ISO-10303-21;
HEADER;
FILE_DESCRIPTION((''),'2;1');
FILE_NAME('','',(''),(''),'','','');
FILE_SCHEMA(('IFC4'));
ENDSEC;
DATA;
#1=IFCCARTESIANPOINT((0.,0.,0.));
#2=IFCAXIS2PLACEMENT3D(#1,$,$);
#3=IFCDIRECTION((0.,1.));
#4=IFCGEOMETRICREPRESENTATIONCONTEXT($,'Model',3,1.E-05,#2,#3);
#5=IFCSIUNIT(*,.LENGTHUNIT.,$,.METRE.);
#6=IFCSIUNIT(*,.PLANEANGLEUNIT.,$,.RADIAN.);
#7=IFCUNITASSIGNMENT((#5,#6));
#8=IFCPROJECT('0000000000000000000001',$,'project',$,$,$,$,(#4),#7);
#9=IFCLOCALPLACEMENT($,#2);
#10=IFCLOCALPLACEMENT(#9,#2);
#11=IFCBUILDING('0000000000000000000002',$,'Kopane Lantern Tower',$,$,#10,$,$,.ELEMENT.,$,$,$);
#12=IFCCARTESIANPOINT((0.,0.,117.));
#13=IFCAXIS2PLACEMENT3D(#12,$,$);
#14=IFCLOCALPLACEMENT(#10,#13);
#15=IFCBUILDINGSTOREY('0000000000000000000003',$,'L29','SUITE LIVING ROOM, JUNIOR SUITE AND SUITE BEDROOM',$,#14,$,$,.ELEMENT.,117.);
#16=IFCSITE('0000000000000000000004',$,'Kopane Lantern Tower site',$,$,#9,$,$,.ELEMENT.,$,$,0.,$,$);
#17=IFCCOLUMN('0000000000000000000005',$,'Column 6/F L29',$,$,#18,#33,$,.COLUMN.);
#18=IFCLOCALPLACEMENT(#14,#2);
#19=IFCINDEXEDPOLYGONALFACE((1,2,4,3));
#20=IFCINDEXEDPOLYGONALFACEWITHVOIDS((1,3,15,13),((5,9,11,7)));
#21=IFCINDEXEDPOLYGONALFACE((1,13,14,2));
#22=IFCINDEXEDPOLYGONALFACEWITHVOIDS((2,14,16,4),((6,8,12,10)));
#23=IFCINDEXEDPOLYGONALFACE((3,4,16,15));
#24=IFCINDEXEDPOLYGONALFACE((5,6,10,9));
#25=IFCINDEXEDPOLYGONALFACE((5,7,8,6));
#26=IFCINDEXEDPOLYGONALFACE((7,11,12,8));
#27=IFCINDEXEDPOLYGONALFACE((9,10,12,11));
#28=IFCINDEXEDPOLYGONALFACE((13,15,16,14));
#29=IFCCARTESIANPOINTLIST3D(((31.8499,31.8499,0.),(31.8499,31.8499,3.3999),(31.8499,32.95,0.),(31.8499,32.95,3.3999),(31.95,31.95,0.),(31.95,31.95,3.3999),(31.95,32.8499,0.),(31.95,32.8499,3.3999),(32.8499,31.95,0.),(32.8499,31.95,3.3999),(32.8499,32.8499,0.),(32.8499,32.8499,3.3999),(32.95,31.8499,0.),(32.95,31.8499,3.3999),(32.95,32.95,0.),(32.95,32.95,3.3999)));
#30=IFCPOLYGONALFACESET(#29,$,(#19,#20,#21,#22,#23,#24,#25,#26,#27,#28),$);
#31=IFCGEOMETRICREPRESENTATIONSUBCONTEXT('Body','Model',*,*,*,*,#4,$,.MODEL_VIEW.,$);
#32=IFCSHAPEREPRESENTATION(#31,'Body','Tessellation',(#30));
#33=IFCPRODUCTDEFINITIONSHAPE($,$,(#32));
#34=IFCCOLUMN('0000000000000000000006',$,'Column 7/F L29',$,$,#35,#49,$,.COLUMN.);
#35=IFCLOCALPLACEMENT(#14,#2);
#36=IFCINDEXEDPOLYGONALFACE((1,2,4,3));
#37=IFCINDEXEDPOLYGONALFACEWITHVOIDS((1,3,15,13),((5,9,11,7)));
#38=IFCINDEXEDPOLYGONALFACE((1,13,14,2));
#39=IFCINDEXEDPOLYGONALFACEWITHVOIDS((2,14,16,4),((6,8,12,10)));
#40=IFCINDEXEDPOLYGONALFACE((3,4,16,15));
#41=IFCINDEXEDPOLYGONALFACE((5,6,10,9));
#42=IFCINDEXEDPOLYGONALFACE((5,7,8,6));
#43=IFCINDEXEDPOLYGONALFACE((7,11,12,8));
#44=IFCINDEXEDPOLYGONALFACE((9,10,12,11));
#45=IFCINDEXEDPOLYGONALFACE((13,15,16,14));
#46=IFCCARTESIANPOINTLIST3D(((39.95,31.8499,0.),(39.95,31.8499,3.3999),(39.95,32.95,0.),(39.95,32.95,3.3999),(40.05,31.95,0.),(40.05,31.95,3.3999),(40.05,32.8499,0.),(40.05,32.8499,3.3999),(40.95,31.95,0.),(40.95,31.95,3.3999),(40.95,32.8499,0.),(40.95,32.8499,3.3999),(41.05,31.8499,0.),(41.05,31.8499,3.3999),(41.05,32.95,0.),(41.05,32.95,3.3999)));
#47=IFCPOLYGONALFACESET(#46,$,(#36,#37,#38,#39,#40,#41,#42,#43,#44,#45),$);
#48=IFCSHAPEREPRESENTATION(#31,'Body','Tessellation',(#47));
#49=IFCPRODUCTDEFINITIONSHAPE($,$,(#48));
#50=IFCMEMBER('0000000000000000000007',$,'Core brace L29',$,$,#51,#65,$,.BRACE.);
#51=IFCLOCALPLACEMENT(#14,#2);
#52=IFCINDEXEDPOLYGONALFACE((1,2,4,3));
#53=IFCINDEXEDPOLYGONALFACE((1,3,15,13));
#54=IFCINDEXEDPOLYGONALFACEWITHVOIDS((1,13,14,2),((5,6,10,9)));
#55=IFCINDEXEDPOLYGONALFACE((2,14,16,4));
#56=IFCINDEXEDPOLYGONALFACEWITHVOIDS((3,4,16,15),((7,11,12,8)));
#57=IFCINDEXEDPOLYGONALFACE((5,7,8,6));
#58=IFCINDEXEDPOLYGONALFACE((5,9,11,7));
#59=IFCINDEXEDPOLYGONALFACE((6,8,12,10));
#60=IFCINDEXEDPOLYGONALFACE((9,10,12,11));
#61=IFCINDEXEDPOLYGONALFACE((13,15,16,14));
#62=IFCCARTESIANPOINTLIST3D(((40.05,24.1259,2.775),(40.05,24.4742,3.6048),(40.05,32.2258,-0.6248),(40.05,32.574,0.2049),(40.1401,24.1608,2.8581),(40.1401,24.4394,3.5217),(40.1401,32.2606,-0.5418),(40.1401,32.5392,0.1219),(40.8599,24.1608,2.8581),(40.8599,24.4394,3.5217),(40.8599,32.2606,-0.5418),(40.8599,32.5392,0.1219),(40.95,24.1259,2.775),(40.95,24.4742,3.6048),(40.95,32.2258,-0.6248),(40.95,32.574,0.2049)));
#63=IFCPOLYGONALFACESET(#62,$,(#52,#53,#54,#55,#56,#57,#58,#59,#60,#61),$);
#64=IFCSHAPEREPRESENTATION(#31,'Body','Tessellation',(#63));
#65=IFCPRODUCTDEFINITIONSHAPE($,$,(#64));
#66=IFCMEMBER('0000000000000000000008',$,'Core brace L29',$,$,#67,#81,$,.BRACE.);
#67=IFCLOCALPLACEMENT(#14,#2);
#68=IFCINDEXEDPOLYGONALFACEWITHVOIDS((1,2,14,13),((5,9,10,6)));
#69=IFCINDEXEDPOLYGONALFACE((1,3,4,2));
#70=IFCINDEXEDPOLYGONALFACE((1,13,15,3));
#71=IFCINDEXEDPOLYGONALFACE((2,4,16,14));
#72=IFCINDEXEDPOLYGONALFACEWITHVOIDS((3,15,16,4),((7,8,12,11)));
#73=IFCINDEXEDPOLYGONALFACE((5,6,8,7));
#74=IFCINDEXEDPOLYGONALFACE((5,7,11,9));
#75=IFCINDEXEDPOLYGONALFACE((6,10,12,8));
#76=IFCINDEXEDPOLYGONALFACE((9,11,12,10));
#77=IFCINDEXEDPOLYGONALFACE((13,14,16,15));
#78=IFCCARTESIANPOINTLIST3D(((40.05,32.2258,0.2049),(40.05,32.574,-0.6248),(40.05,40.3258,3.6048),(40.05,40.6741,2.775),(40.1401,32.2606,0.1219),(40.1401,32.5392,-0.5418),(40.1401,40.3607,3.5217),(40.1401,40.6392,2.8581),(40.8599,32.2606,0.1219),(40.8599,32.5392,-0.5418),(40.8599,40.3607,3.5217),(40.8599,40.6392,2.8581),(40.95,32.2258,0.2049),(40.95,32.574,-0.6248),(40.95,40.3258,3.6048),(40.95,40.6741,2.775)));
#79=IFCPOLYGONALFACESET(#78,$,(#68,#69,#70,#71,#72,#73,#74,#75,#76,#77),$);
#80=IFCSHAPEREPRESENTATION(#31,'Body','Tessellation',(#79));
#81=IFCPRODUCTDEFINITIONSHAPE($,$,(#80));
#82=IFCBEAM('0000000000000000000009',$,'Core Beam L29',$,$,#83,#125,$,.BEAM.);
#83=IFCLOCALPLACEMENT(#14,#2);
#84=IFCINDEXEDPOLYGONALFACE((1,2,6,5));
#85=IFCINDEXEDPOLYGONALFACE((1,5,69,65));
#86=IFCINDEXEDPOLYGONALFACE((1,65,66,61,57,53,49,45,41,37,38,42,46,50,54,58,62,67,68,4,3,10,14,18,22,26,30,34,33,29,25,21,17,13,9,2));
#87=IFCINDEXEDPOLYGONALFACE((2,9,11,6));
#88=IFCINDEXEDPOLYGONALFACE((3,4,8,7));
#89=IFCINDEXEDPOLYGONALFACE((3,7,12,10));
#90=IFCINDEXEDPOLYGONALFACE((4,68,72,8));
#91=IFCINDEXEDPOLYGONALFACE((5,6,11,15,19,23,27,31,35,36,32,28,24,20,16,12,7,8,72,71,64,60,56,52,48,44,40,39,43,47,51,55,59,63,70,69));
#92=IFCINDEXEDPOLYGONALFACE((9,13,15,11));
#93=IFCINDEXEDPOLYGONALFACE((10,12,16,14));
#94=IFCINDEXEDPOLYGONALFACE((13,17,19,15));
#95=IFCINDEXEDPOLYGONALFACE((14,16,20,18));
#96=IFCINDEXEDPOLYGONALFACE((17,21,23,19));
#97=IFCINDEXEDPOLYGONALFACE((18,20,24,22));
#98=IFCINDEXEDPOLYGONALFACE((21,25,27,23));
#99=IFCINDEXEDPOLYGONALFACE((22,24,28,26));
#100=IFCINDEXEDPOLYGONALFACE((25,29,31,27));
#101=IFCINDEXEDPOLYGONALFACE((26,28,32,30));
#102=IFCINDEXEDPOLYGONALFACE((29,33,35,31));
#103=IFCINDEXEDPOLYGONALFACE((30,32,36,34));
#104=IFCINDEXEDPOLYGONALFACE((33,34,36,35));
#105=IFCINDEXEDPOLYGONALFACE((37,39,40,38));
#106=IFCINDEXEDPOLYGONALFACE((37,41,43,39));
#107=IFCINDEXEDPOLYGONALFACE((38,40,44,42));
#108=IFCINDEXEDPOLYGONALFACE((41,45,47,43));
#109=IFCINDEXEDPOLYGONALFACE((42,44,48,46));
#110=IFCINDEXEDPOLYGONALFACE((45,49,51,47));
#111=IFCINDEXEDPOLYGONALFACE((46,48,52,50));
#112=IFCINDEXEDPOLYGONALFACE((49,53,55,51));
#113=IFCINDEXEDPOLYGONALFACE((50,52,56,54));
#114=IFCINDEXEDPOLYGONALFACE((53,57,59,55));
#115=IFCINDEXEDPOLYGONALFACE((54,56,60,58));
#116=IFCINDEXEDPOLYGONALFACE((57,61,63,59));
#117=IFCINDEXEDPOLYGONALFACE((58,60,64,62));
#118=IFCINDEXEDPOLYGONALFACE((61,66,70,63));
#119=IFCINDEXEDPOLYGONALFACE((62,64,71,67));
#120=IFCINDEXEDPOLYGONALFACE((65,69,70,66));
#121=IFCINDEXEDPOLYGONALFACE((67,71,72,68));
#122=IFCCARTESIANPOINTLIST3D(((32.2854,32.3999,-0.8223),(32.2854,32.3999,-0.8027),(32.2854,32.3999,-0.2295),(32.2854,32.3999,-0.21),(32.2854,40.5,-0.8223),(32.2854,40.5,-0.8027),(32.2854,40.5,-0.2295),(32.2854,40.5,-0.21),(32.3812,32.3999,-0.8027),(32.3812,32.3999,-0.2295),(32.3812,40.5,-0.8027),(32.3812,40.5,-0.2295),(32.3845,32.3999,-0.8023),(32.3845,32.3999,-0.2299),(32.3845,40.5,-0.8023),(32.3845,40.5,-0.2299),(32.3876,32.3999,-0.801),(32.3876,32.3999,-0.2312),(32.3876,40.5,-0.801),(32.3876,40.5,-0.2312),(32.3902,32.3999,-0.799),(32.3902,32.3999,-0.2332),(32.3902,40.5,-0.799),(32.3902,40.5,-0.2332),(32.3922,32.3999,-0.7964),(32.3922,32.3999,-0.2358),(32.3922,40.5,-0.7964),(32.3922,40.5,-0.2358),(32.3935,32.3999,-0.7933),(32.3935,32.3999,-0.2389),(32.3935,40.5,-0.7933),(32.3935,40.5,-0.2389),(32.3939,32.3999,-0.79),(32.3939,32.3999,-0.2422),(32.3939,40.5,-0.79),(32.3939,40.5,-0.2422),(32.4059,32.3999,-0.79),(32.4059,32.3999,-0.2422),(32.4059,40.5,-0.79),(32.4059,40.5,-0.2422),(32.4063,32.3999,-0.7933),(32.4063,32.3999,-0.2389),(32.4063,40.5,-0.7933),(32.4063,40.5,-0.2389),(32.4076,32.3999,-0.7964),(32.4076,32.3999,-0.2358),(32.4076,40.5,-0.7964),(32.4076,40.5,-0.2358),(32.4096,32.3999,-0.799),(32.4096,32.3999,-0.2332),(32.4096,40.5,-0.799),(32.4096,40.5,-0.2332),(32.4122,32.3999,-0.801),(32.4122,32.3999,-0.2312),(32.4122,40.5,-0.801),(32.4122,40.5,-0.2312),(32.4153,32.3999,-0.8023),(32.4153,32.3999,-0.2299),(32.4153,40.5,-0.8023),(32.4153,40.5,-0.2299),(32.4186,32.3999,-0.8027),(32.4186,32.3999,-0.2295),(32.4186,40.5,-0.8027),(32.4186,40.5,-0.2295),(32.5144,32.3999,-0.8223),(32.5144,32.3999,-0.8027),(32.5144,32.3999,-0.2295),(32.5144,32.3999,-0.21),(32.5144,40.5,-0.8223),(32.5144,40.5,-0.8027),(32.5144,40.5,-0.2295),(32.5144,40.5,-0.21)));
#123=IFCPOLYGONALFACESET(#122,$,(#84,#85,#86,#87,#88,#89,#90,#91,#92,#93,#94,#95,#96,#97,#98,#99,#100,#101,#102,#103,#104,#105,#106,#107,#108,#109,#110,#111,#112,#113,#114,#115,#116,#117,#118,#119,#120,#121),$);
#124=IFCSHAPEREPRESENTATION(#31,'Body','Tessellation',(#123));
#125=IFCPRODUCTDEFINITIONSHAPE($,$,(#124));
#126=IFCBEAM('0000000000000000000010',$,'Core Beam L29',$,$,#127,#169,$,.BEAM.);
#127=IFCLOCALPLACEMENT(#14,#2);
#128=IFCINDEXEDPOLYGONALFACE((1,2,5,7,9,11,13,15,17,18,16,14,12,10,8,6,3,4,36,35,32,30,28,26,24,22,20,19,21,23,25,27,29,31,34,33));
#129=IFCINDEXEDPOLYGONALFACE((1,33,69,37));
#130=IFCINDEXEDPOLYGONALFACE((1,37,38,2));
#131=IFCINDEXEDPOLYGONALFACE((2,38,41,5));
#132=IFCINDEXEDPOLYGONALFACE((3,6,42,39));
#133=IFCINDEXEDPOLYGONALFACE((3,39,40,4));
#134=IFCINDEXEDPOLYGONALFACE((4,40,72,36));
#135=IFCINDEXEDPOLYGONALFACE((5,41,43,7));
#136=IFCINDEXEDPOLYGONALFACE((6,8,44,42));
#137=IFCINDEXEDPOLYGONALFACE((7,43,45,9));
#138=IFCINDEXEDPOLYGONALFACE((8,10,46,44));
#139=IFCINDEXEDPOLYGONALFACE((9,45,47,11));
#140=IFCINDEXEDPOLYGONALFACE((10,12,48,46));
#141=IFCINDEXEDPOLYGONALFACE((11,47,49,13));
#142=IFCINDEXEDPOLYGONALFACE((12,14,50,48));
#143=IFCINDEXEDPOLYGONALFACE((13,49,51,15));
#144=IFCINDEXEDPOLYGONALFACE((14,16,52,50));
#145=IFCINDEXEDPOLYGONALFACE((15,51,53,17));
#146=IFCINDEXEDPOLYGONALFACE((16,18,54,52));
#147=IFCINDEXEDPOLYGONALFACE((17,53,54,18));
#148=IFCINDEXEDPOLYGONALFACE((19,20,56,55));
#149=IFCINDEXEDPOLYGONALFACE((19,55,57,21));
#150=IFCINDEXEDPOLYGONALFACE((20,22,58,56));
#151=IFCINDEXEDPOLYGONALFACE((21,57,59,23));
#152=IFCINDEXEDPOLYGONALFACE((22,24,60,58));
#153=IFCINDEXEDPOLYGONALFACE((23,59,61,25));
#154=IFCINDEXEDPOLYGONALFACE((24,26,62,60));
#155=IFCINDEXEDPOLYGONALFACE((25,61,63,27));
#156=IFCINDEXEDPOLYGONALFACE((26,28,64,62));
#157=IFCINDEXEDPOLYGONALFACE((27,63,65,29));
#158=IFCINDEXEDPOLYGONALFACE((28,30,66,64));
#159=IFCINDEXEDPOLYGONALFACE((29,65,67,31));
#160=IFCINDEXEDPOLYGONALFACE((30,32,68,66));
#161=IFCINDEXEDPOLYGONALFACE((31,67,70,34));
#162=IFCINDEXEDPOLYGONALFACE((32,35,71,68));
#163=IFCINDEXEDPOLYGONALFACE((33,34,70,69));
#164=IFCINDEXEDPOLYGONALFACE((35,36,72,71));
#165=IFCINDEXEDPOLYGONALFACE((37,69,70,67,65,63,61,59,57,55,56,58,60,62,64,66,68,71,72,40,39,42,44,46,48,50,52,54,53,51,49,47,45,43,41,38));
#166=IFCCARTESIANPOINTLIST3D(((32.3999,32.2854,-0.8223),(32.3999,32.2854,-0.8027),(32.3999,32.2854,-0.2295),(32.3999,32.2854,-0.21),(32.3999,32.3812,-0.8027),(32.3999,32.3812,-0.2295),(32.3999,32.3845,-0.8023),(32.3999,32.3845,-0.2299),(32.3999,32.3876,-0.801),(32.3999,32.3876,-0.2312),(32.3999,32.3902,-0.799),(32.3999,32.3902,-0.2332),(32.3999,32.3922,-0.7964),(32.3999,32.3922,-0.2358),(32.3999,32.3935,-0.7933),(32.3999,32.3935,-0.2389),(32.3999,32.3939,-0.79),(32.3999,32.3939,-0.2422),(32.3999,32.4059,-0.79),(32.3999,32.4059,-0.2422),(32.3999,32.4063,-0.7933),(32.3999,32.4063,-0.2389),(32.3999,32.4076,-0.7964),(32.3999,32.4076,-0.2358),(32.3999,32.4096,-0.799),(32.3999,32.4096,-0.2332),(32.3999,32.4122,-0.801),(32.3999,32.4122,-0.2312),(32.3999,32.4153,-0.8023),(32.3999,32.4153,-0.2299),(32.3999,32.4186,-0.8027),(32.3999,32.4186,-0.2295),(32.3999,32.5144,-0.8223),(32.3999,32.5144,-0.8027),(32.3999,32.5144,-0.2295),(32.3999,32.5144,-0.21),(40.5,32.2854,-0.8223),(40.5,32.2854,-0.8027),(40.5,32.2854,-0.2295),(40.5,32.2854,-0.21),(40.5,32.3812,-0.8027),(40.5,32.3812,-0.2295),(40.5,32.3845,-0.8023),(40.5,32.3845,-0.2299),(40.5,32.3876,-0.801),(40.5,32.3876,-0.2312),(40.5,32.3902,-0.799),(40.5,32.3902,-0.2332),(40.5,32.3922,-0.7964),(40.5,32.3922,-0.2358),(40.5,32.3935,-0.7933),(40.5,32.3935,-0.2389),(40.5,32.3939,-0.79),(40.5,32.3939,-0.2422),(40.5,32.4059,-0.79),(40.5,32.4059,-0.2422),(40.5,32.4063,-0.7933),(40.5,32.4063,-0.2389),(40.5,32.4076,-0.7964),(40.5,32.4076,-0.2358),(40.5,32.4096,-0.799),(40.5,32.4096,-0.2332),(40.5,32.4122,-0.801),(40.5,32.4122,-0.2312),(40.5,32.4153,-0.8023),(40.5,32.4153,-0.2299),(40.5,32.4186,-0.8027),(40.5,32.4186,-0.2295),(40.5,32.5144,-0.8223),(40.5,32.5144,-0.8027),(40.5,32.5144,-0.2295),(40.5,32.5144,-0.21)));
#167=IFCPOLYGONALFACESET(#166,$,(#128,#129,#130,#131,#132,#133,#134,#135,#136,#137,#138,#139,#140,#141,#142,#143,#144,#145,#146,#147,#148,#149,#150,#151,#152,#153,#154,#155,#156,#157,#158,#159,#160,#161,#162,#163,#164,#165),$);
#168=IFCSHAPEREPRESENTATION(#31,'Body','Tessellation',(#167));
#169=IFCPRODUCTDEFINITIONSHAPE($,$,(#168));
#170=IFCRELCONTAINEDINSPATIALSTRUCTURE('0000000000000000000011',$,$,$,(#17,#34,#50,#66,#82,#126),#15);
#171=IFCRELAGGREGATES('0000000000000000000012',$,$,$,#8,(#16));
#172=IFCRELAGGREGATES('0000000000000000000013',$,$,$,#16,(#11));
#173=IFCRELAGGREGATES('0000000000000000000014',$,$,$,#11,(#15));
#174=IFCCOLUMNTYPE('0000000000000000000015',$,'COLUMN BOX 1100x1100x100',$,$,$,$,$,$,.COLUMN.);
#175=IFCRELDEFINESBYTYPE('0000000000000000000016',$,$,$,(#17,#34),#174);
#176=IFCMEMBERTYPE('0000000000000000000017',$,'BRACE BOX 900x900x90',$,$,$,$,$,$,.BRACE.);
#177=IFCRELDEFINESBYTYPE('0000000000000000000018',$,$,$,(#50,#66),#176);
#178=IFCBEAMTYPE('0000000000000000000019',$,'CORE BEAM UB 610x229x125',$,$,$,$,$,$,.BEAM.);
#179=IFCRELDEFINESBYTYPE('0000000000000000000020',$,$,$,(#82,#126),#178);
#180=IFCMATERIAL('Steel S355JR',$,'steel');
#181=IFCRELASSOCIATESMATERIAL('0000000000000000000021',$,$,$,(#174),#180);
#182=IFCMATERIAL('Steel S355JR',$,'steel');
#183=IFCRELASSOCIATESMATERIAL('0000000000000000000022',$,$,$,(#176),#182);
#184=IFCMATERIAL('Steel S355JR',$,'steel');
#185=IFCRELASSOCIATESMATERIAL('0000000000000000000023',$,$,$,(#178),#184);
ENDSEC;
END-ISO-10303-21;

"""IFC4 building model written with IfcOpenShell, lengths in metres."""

from ifc_helpers import new_model, si_unit, direction, frame, origin, origin_2d, place, context, subcontext, project, spatial, hollow_rectangle, i_section, extrude, material, material_profile, profile_set, type_object, element, save


model = new_model("IFC4")

# Units and contexts
model_context = context("Model", 3, precision=1e-05, world=origin(), true_north=direction((0.0, 1.0)))
body_context = subcontext(model_context, "Body", "Model", "MODEL_VIEW")
ifc_project = project(units=[si_unit("LENGTHUNIT", "METRE"), si_unit("PLANEANGLEUNIT", "RADIAN")], contexts=[model_context])

# Site, building, storey
site_placement = place(None, origin())
site = spatial("IfcSite", under=ifc_project, at=site_placement, Name="Kopane Lantern Tower site", CompositionType="ELEMENT", RefElevation=0.0)
building_placement = place(site_placement, origin())
building = spatial("IfcBuilding", under=site, at=building_placement, Name="Kopane Lantern Tower", CompositionType="ELEMENT")
storey_placement = place(building_placement, frame((0.0, 0.0, 117.0)))
storey = spatial("IfcBuildingStorey", under=building, at=storey_placement, Name="L29", Description="SUITE LIVING ROOM, JUNIOR SUITE AND SUITE BEDROOM", CompositionType="ELEMENT", Elevation=117.0)

# Columns
ifc_material_1 = material(Name="Steel S355JR", Category="steel")
ifc_material_profile_1 = material_profile(ifc_material_1, hollow_rectangle(XDim=1.1001, YDim=1.1001, WallThickness=0.1001, at=origin_2d()), Name="BOX 1100x1100x100")
ifc_profile_set_1 = profile_set([ifc_material_profile_1], Name="Steel S355JR")
column_type = type_object("IfcColumnType", Name="COLUMN BOX 1100x1100x100", PredefinedType="COLUMN", material=ifc_profile_set_1)
for number, where, z_axis, x_axis, name in (
    (1, (32.3999, 32.3999, 0.0), (0.0, 0.0, 1.0), (1.0, 0.0, 0.0), "Column 6/F L29"),
    (2, (40.5, 32.3999, 0.0), (0.0, 0.0, 1.0), (1.0, 0.0, 0.0), "Column 7/F L29"),
):
    element("IfcColumn", number, at=place(storey_placement, frame(where, z_axis=z_axis, x_axis=x_axis)), inside=storey, type_object=column_type, Name=name, PredefinedType="COLUMN", context=body_context, shape_type="SweptSolid", body=[
        extrude(hollow_rectangle(XDim=1.1001, YDim=1.1001, WallThickness=0.1001, at=origin_2d()), origin(), (0.0, 0.0, 1.0), 3.3999),
    ])

# Members
ifc_material_2 = material(Name="Steel S355JR", Category="steel")
ifc_material_profile_2 = material_profile(ifc_material_2, hollow_rectangle(XDim=0.8999, YDim=0.8999, WallThickness=0.0901, at=origin_2d()), Name="BOX 900x900x90")
ifc_profile_set_2 = profile_set([ifc_material_profile_2], Name="Steel S355JR")
member_type = type_object("IfcMemberType", Name="BRACE BOX 900x900x90", PredefinedType="BRACE", material=ifc_profile_set_2)
member_1_placement = place(storey_placement, frame((40.5, 32.3999, -0.21), z_axis=(0.0, -0.922065, 0.387035), x_axis=(1.0, 0.0, 0.0)))
element("IfcMember", 3, at=member_1_placement, inside=storey, type_object=member_type, Name="Core brace L29", PredefinedType="BRACE", context=body_context, shape_type="SweptSolid", body=[
    extrude(hollow_rectangle(XDim=0.8999, YDim=0.8999, WallThickness=0.0901, at=origin_2d()), origin(), (0.0, 0.0, 1.0), 8.7844),
])
member_2_placement = place(storey_placement, frame((40.5, 32.3999, -0.21), z_axis=(0.0, 0.922069, 0.387026), x_axis=(-1.0, 0.0, 0.0)))
element("IfcMember", 4, at=member_2_placement, inside=storey, type_object=member_type, Name="Core brace L29", PredefinedType="BRACE", context=body_context, shape_type="SweptSolid", body=[
    extrude(hollow_rectangle(XDim=0.8999, YDim=0.8999, WallThickness=0.0901, at=origin_2d()), origin(), (0.0, 0.0, 1.0), 8.7847),
])

# Beams
ifc_material_3 = material(Name="Steel S355JR", Category="steel")
ifc_material_profile_3 = material_profile(ifc_material_3, i_section(OverallWidth=0.229, OverallDepth=0.6123, WebThickness=0.012, FlangeThickness=0.0195, FilletRadius=0.0127, at=origin_2d()), Name="UB 610x229x125")
ifc_profile_set_3 = profile_set([ifc_material_profile_3], Name="Steel S355JR")
beam_type_1 = type_object("IfcBeamType", Name="CORE BEAM UB 610x229x125", PredefinedType="BEAM", material=ifc_profile_set_3)
for number, where, z_axis, x_axis, name in (
    (5, (32.3999, 32.3999, -0.5161), (0.0, 1.0, 0.0), (-1.0, 0.0, 0.0), "Core Beam L29"),
    (6, (32.3999, 32.3999, -0.5161), (1.0, 0.0, 0.0), (0.0, 1.0, 0.0), "Core Beam L29"),
):
    element("IfcBeam", number, at=place(storey_placement, frame(where, z_axis=z_axis, x_axis=x_axis)), inside=storey, type_object=beam_type_1, Name=name, PredefinedType="BEAM", context=body_context, shape_type="SweptSolid", body=[
        extrude(i_section(OverallWidth=0.229, OverallDepth=0.6123, WebThickness=0.012, FlangeThickness=0.0195, FilletRadius=0.0127, at=origin_2d()), origin(), (0.0, 0.0, 1.0), 8.1001),
    ])

save(model, "model.ifc")
